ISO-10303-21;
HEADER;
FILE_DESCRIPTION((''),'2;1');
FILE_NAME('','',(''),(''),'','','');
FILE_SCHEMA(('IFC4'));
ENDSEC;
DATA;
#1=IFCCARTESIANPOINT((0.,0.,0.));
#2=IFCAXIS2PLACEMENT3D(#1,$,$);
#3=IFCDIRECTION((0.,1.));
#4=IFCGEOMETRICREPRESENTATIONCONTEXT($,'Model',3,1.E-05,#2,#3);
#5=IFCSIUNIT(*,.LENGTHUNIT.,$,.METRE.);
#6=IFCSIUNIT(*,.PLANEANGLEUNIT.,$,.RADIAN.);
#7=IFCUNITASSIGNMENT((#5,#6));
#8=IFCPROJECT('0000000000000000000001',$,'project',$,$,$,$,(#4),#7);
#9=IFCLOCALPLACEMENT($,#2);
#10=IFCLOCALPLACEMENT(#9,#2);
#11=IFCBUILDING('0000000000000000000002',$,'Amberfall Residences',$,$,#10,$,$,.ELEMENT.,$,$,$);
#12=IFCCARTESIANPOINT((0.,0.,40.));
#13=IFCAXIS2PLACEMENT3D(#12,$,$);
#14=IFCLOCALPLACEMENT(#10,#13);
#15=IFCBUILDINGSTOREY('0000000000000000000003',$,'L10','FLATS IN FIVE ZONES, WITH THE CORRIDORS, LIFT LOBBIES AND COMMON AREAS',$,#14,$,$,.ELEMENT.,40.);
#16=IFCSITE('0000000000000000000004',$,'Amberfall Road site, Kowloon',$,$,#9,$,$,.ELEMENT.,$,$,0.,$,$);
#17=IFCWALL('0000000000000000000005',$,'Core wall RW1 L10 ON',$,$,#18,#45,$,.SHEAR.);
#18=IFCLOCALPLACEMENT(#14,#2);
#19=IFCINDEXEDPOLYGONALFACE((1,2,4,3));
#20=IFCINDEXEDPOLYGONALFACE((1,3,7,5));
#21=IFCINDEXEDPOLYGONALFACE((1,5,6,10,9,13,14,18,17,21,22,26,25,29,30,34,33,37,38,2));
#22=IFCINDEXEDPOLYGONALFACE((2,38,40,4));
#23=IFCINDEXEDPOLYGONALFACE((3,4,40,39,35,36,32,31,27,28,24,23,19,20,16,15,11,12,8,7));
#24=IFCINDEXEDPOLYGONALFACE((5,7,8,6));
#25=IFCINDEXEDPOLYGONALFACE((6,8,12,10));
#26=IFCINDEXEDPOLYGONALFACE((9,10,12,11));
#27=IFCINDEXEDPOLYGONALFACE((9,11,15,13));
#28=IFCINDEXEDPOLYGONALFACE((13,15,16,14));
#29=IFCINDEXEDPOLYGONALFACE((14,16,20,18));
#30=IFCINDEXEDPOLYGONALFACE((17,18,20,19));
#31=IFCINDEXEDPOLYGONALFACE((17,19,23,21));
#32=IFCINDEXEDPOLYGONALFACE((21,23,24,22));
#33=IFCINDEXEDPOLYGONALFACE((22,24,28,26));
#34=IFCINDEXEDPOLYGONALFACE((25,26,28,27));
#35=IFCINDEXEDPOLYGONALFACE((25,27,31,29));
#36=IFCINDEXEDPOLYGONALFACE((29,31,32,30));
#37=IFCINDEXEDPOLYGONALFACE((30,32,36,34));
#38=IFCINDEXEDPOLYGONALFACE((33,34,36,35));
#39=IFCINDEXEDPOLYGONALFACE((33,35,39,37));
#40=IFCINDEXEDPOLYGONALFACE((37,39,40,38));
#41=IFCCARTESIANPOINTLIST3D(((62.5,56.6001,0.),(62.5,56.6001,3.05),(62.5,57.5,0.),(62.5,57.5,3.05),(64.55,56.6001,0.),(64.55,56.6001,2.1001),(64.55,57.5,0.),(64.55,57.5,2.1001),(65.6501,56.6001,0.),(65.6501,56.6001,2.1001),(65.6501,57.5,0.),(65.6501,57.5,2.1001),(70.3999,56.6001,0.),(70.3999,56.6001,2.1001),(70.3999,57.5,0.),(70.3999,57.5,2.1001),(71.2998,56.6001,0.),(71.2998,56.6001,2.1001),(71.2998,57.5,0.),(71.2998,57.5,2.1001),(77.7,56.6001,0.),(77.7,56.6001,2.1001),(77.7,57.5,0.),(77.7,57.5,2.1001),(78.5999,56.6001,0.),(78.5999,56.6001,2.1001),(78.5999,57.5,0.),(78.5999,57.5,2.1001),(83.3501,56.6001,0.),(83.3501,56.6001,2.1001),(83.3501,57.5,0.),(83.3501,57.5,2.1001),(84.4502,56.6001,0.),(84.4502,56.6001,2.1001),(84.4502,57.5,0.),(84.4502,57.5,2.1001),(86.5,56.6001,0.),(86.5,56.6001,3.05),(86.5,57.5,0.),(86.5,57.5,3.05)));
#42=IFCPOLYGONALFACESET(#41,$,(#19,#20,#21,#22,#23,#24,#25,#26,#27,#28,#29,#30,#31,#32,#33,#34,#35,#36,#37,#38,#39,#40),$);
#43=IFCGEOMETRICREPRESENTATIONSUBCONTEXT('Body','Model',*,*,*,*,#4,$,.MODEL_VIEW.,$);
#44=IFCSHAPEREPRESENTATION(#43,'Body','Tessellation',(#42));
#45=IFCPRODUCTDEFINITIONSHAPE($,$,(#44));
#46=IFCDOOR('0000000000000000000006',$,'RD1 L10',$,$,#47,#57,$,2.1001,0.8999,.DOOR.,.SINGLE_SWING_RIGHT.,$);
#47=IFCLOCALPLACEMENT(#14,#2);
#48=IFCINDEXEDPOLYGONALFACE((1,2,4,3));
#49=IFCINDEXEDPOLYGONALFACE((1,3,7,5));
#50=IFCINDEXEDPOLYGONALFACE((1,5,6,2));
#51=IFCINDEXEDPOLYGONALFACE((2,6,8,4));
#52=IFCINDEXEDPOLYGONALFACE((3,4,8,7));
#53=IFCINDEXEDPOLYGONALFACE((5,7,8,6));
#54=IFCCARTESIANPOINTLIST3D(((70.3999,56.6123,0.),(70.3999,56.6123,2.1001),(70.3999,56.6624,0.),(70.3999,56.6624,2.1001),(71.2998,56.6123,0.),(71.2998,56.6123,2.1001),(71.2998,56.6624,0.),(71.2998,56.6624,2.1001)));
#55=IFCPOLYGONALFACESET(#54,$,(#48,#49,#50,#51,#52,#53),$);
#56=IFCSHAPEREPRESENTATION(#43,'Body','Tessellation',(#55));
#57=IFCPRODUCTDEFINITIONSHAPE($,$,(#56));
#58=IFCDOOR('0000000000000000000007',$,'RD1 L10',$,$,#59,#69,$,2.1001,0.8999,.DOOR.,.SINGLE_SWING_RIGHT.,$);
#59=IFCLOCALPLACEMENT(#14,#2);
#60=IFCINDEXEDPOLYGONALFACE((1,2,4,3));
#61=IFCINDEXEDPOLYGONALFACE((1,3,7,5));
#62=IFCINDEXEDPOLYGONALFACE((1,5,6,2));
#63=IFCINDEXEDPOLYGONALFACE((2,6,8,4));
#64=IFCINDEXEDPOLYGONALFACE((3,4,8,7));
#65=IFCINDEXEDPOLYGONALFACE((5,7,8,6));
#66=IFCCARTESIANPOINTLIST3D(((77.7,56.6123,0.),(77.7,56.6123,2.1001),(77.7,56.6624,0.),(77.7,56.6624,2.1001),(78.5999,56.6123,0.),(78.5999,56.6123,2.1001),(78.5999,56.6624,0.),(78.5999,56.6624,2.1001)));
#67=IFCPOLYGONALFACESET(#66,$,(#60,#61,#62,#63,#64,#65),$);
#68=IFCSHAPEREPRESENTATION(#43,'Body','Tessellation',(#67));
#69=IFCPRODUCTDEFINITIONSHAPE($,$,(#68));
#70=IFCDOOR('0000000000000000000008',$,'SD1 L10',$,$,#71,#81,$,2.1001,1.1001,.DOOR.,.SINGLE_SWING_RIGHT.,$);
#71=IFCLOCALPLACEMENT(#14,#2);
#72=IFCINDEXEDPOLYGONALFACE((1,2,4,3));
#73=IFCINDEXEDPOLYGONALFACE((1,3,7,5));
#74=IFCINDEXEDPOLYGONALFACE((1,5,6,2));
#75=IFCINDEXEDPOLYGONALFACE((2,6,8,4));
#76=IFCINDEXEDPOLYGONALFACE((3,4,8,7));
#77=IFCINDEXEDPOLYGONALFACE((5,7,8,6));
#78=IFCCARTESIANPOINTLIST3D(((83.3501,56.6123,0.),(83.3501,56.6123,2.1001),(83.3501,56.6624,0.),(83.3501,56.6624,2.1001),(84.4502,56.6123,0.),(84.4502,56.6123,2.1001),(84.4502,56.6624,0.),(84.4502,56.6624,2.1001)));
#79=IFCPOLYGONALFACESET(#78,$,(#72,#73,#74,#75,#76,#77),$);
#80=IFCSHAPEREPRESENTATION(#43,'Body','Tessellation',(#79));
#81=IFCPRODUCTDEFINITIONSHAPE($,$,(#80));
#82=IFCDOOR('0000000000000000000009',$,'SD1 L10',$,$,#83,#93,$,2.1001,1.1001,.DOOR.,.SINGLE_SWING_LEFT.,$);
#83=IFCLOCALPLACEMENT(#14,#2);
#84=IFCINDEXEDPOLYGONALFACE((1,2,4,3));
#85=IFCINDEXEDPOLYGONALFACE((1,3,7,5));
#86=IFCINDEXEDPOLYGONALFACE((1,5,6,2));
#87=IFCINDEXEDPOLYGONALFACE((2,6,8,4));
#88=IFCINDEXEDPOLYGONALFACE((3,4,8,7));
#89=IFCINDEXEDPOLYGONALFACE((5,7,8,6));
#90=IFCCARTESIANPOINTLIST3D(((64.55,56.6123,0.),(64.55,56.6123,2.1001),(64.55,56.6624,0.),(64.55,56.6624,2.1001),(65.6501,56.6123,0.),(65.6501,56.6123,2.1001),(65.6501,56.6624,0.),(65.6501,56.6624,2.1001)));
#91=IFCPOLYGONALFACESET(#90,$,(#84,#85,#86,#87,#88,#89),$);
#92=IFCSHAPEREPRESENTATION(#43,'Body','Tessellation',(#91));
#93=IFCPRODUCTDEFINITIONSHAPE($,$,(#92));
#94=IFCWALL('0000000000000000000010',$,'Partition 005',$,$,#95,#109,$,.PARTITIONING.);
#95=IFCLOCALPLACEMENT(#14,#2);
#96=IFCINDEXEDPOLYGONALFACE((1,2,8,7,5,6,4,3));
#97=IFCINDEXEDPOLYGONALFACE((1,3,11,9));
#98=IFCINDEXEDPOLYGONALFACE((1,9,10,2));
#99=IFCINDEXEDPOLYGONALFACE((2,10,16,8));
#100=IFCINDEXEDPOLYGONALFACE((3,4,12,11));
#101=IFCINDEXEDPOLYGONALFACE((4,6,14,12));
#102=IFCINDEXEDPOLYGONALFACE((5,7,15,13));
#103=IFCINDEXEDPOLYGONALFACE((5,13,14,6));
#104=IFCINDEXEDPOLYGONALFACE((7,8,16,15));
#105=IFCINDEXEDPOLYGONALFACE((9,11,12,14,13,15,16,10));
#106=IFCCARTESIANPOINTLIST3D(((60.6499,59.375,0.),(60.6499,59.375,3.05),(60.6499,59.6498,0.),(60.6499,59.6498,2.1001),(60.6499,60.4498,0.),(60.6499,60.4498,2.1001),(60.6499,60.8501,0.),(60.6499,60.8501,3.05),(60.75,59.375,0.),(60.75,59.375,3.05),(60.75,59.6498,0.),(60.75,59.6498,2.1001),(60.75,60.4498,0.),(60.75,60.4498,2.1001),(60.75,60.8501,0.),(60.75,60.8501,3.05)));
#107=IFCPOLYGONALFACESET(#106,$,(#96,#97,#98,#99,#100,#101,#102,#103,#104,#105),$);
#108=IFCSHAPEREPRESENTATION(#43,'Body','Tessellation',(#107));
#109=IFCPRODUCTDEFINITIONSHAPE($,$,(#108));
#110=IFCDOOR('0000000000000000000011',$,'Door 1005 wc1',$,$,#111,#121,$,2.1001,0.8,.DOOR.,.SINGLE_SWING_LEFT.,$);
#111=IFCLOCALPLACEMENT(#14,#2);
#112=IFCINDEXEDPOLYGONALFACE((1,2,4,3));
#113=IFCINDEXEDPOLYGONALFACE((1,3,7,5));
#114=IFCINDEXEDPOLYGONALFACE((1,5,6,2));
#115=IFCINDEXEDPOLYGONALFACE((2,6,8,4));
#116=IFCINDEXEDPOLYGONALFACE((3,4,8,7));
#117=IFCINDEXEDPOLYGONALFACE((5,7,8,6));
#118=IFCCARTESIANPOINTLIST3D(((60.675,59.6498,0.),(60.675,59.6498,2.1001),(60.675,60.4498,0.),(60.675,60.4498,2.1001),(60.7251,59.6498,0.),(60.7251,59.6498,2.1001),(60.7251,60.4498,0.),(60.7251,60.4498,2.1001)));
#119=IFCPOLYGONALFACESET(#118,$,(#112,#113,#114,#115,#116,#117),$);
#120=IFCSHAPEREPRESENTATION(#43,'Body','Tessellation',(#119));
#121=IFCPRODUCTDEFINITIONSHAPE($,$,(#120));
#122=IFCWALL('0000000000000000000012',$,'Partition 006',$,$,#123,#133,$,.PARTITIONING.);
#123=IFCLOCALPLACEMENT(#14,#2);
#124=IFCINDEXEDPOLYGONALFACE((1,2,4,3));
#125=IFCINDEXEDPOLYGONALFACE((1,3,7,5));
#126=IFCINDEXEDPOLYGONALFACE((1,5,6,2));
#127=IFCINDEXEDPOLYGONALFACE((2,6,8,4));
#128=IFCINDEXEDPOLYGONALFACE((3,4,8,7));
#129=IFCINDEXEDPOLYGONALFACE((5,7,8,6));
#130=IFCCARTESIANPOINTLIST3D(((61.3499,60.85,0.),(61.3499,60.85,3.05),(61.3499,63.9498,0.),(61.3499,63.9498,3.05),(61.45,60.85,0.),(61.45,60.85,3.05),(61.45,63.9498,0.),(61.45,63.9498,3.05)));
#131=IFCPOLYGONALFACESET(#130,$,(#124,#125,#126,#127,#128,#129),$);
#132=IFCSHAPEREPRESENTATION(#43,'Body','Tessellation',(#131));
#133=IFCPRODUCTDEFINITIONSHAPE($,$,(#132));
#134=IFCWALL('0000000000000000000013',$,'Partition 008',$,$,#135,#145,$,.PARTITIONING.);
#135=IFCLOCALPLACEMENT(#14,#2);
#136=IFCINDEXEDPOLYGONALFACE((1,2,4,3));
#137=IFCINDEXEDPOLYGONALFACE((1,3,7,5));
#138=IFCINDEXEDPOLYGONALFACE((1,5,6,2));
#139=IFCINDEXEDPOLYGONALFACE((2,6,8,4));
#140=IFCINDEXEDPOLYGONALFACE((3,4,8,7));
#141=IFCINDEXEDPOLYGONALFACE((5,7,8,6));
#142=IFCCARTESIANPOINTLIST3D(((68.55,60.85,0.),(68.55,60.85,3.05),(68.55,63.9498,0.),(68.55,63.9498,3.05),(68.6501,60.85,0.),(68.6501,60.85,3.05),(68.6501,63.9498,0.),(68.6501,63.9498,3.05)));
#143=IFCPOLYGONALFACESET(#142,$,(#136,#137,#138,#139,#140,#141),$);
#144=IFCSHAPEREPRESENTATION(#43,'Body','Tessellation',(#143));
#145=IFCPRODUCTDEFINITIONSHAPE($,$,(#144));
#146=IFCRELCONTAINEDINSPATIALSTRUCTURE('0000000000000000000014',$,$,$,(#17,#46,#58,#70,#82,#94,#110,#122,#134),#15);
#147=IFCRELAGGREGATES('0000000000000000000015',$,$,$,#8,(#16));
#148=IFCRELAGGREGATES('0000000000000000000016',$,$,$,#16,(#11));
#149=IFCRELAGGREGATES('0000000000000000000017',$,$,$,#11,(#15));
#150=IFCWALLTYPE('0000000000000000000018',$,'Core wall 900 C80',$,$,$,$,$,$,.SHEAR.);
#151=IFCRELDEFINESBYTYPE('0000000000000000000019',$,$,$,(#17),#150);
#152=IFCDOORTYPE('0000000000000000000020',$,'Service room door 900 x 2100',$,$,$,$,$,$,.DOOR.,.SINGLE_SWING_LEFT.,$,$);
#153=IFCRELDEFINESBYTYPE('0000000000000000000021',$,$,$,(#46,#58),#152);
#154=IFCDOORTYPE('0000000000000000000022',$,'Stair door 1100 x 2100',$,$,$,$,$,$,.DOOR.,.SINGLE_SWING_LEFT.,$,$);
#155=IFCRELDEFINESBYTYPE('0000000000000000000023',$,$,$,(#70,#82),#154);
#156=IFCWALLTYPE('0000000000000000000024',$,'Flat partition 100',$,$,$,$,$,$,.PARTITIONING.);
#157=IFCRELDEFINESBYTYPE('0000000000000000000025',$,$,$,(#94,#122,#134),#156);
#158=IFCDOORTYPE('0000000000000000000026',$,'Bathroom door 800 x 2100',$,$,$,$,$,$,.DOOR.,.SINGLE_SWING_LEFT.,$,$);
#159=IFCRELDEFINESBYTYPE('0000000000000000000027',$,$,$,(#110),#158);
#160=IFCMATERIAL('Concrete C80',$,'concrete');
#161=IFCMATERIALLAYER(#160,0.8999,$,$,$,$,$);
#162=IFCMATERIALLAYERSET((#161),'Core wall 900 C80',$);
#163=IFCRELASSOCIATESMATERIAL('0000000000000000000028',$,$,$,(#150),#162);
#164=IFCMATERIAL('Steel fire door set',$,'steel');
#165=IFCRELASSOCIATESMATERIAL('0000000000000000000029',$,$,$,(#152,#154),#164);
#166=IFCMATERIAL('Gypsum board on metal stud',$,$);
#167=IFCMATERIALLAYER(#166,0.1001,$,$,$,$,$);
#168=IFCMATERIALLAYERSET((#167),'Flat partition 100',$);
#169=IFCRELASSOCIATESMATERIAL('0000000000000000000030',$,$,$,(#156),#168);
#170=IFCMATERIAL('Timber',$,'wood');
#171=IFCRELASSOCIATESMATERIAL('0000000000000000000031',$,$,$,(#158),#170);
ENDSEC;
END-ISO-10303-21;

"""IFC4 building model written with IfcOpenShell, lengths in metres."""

from ifc_helpers import new_model, si_unit, direction, frame, frame_2d, origin, place, context, subcontext, project, spatial, rectangle, extrude, material, layer, layer_set, type_object, element, fill, save


model = new_model("IFC4")

# Units and contexts
model_context = context("Model", 3, precision=1e-05, world=origin(), true_north=direction((0.0, 1.0)))
body_context = subcontext(model_context, "Body", "Model", "MODEL_VIEW")
ifc_project = project(units=[si_unit("LENGTHUNIT", "METRE"), si_unit("PLANEANGLEUNIT", "RADIAN")], contexts=[model_context])

# Site, building, storey
site_placement = place(None, origin())
site = spatial("IfcSite", under=ifc_project, at=site_placement, Name="Amberfall Road site, Kowloon", CompositionType="ELEMENT", RefElevation=0.0)
building_placement = place(site_placement, origin())
building = spatial("IfcBuilding", under=site, at=building_placement, Name="Amberfall Residences", CompositionType="ELEMENT")
storey_placement = place(building_placement, frame((0.0, 0.0, 40.0)))
storey = spatial("IfcBuildingStorey", under=building, at=storey_placement, Name="L10", Description="FLATS IN FIVE ZONES, WITH THE CORRIDORS, LIFT LOBBIES AND COMMON AREAS", CompositionType="ELEMENT", Elevation=40.0)

# Wall, openings, doors
ifc_material_1 = material(Name="Concrete C80", Category="concrete")
ifc_layer_1 = layer(ifc_material_1, 0.8999)
ifc_layer_set_1 = layer_set([ifc_layer_1], Name="Core wall 900 C80")
wall_type_1 = type_object("IfcWallType", Name="Core wall 900 C80", PredefinedType="SHEAR", material=ifc_layer_set_1)
wall_1_placement = place(storey_placement, frame((62.5, 57.05, 0.0), z_axis=(0.0, 0.0, 1.0), x_axis=(1.0, 0.0, 0.0)))
wall_1 = element("IfcWall", 1, at=wall_1_placement, inside=storey, type_object=wall_type_1, Name="Core wall RW1 L10 ON", PredefinedType="SHEAR", context=body_context, shape_type="SweptSolid", body=[
    extrude(rectangle(XDim=24.0, YDim=0.8999, at=frame_2d((12.0, 0.0))), origin(), (0.0, 0.0, 1.0), 3.05),
])
opening_1_placement = place(wall_1_placement, frame((20.8501, 0.0, 0.0)))
opening_1 = element("IfcOpeningElement", 2, at=opening_1_placement, cuts=wall_1, PredefinedType="OPENING", context=body_context, shape_type="SweptSolid", body=[
    extrude(rectangle(XDim=1.1001, YDim=2.1001, at=frame_2d((0.55, 1.05))), frame((0.0, 0.46, 0.0), z_axis=(0.0, -1.0, 0.0), x_axis=(1.0, 0.0, 0.0)), (0.0, 0.0, 1.0), 0.9199),
])
opening_2_placement = place(wall_1_placement, frame((2.05, 0.0, 0.0)))
opening_2 = element("IfcOpeningElement", 3, at=opening_2_placement, cuts=wall_1, PredefinedType="OPENING", context=body_context, shape_type="SweptSolid", body=[
    extrude(rectangle(XDim=1.1001, YDim=2.1001, at=frame_2d((0.55, 1.05))), frame((0.0, 0.46, 0.0), z_axis=(0.0, -1.0, 0.0), x_axis=(1.0, 0.0, 0.0)), (0.0, 0.0, 1.0), 0.9199),
])
opening_3_placement = place(wall_1_placement, frame((7.8999, 0.0, 0.0)))
opening_3 = element("IfcOpeningElement", 4, at=opening_3_placement, cuts=wall_1, PredefinedType="OPENING", context=body_context, shape_type="SweptSolid", body=[
    extrude(rectangle(XDim=0.8999, YDim=2.1001, at=frame_2d((0.45, 1.05))), frame((0.0, 0.46, 0.0), z_axis=(0.0, -1.0, 0.0), x_axis=(1.0, 0.0, 0.0)), (0.0, 0.0, 1.0), 0.9199),
])
opening_4_placement = place(wall_1_placement, frame((15.2, 0.0, 0.0)))
opening_4 = element("IfcOpeningElement", 5, at=opening_4_placement, cuts=wall_1, PredefinedType="OPENING", context=body_context, shape_type="SweptSolid", body=[
    extrude(rectangle(XDim=0.8999, YDim=2.1001, at=frame_2d((0.45, 1.05))), frame((0.0, 0.46, 0.0), z_axis=(0.0, -1.0, 0.0), x_axis=(1.0, 0.0, 0.0)), (0.0, 0.0, 1.0), 0.9199),
])
ifc_material_2 = material(Name="Steel fire door set", Category="steel")
door_type_1 = type_object("IfcDoorType", Name="Service room door 900 x 2100", OperationType="SINGLE_SWING_LEFT", PredefinedType="DOOR", material=ifc_material_2)
door_1_placement = place(opening_3_placement, origin())
door_1 = element("IfcDoor", 6, at=door_1_placement, inside=storey, type_object=door_type_1, Name="RD1 L10", OperationType="SINGLE_SWING_RIGHT", OverallHeight=2.1001, OverallWidth=0.8999, PredefinedType="DOOR", context=body_context, shape_type="SweptSolid", body=[
    extrude(rectangle(XDim=0.8999, YDim=2.1001, at=frame_2d((0.45, 1.05))), frame((0.0, -0.3877, 0.0), z_axis=(0.0, -1.0, 0.0), x_axis=(1.0, 0.0, 0.0)), (0.0, 0.0, 1.0), 0.05),
])
fill(opening_3, door_1)
door_2_placement = place(opening_4_placement, origin())
door_2 = element("IfcDoor", 7, at=door_2_placement, inside=storey, type_object=door_type_1, Name="RD1 L10", OperationType="SINGLE_SWING_RIGHT", OverallHeight=2.1001, OverallWidth=0.8999, PredefinedType="DOOR", context=body_context, shape_type="SweptSolid", body=[
    extrude(rectangle(XDim=0.8999, YDim=2.1001, at=frame_2d((0.45, 1.05))), frame((0.0, -0.3877, 0.0), z_axis=(0.0, -1.0, 0.0), x_axis=(1.0, 0.0, 0.0)), (0.0, 0.0, 1.0), 0.05),
])
fill(opening_4, door_2)
door_type_2 = type_object("IfcDoorType", Name="Stair door 1100 x 2100", OperationType="SINGLE_SWING_LEFT", PredefinedType="DOOR", material=ifc_material_2)
door_3_placement = place(opening_1_placement, origin())
door_3 = element("IfcDoor", 8, at=door_3_placement, inside=storey, type_object=door_type_2, Name="SD1 L10", OperationType="SINGLE_SWING_RIGHT", OverallHeight=2.1001, OverallWidth=1.1001, PredefinedType="DOOR", context=body_context, shape_type="SweptSolid", body=[
    extrude(rectangle(XDim=1.1001, YDim=2.1001, at=frame_2d((0.55, 1.05))), frame((0.0, -0.3877, 0.0), z_axis=(0.0, -1.0, 0.0), x_axis=(1.0, 0.0, 0.0)), (0.0, 0.0, 1.0), 0.05),
])
fill(opening_1, door_3)
door_4_placement = place(opening_2_placement, origin())
door_4 = element("IfcDoor", 9, at=door_4_placement, inside=storey, type_object=door_type_2, Name="SD1 L10", OperationType="SINGLE_SWING_LEFT", OverallHeight=2.1001, OverallWidth=1.1001, PredefinedType="DOOR", context=body_context, shape_type="SweptSolid", body=[
    extrude(rectangle(XDim=1.1001, YDim=2.1001, at=frame_2d((0.55, 1.05))), frame((0.0, -0.3877, 0.0), z_axis=(0.0, -1.0, 0.0), x_axis=(1.0, 0.0, 0.0)), (0.0, 0.0, 1.0), 0.05),
])
fill(opening_2, door_4)

# Wall, opening, door
ifc_material_3 = material(Name="Gypsum board on metal stud")
ifc_layer_2 = layer(ifc_material_3, 0.1001)
ifc_layer_set_2 = layer_set([ifc_layer_2], Name="Flat partition 100")
wall_type_2 = type_object("IfcWallType", Name="Flat partition 100", PredefinedType="PARTITIONING", material=ifc_layer_set_2)
wall_2_placement = place(storey_placement, frame((60.7, 59.375, 0.0), z_axis=(0.0, 0.0, 1.0), x_axis=(0.0, 1.0, 0.0)))
wall_2 = element("IfcWall", 10, at=wall_2_placement, inside=storey, type_object=wall_type_2, Name="Partition 005", PredefinedType="PARTITIONING", context=body_context, shape_type="SweptSolid", body=[
    extrude(rectangle(XDim=1.4751, YDim=0.1001, at=frame_2d((0.7375, 0.0))), origin(), (0.0, 0.0, 1.0), 3.05),
])
opening_5_placement = place(wall_2_placement, frame((0.2749, 0.0, 0.0)))
opening_5 = element("IfcOpeningElement", 11, at=opening_5_placement, cuts=wall_2, PredefinedType="OPENING", context=body_context, shape_type="SweptSolid", body=[
    extrude(rectangle(XDim=0.8, YDim=2.1001, at=frame_2d((0.3999, 1.05))), frame((0.0, 0.0601, 0.0), z_axis=(0.0, -1.0, 0.0), x_axis=(1.0, 0.0, 0.0)), (0.0, 0.0, 1.0), 0.1201),
])
ifc_material_4 = material(Name="Timber", Category="wood")
door_type_3 = type_object("IfcDoorType", Name="Bathroom door 800 x 2100", OperationType="SINGLE_SWING_LEFT", PredefinedType="DOOR", material=ifc_material_4)
door_5_placement = place(opening_5_placement, origin())
door_5 = element("IfcDoor", 12, at=door_5_placement, inside=storey, type_object=door_type_3, Name="Door 1005 wc1", OperationType="SINGLE_SWING_LEFT", OverallHeight=2.1001, OverallWidth=0.8, PredefinedType="DOOR", context=body_context, shape_type="SweptSolid", body=[
    extrude(rectangle(XDim=0.8, YDim=2.1001, at=frame_2d((0.3999, 1.05))), frame((0.0, 0.0249, 0.0), z_axis=(0.0, -1.0, 0.0), x_axis=(1.0, 0.0, 0.0)), (0.0, 0.0, 1.0), 0.05),
])
fill(opening_5, door_5)

# Walls
for number, where, z_axis, x_axis, name in (
    (13, (61.3999, 60.8501, 0.0), (0.0, 0.0, 1.0), (0.0, 1.0, 0.0), "Partition 006"),
    (14, (68.6001, 60.8501, 0.0), (0.0, 0.0, 1.0), (0.0, 1.0, 0.0), "Partition 008"),
):
    element("IfcWall", number, at=place(storey_placement, frame(where, z_axis=z_axis, x_axis=x_axis)), inside=storey, type_object=wall_type_2, Name=name, PredefinedType="PARTITIONING", context=body_context, shape_type="SweptSolid", body=[
        extrude(rectangle(XDim=3.0999, YDim=0.1001, at=frame_2d((1.5498, 0.0))), origin(), (0.0, 0.0, 1.0), 3.05),
    ])

save(model, "model.ifc")
